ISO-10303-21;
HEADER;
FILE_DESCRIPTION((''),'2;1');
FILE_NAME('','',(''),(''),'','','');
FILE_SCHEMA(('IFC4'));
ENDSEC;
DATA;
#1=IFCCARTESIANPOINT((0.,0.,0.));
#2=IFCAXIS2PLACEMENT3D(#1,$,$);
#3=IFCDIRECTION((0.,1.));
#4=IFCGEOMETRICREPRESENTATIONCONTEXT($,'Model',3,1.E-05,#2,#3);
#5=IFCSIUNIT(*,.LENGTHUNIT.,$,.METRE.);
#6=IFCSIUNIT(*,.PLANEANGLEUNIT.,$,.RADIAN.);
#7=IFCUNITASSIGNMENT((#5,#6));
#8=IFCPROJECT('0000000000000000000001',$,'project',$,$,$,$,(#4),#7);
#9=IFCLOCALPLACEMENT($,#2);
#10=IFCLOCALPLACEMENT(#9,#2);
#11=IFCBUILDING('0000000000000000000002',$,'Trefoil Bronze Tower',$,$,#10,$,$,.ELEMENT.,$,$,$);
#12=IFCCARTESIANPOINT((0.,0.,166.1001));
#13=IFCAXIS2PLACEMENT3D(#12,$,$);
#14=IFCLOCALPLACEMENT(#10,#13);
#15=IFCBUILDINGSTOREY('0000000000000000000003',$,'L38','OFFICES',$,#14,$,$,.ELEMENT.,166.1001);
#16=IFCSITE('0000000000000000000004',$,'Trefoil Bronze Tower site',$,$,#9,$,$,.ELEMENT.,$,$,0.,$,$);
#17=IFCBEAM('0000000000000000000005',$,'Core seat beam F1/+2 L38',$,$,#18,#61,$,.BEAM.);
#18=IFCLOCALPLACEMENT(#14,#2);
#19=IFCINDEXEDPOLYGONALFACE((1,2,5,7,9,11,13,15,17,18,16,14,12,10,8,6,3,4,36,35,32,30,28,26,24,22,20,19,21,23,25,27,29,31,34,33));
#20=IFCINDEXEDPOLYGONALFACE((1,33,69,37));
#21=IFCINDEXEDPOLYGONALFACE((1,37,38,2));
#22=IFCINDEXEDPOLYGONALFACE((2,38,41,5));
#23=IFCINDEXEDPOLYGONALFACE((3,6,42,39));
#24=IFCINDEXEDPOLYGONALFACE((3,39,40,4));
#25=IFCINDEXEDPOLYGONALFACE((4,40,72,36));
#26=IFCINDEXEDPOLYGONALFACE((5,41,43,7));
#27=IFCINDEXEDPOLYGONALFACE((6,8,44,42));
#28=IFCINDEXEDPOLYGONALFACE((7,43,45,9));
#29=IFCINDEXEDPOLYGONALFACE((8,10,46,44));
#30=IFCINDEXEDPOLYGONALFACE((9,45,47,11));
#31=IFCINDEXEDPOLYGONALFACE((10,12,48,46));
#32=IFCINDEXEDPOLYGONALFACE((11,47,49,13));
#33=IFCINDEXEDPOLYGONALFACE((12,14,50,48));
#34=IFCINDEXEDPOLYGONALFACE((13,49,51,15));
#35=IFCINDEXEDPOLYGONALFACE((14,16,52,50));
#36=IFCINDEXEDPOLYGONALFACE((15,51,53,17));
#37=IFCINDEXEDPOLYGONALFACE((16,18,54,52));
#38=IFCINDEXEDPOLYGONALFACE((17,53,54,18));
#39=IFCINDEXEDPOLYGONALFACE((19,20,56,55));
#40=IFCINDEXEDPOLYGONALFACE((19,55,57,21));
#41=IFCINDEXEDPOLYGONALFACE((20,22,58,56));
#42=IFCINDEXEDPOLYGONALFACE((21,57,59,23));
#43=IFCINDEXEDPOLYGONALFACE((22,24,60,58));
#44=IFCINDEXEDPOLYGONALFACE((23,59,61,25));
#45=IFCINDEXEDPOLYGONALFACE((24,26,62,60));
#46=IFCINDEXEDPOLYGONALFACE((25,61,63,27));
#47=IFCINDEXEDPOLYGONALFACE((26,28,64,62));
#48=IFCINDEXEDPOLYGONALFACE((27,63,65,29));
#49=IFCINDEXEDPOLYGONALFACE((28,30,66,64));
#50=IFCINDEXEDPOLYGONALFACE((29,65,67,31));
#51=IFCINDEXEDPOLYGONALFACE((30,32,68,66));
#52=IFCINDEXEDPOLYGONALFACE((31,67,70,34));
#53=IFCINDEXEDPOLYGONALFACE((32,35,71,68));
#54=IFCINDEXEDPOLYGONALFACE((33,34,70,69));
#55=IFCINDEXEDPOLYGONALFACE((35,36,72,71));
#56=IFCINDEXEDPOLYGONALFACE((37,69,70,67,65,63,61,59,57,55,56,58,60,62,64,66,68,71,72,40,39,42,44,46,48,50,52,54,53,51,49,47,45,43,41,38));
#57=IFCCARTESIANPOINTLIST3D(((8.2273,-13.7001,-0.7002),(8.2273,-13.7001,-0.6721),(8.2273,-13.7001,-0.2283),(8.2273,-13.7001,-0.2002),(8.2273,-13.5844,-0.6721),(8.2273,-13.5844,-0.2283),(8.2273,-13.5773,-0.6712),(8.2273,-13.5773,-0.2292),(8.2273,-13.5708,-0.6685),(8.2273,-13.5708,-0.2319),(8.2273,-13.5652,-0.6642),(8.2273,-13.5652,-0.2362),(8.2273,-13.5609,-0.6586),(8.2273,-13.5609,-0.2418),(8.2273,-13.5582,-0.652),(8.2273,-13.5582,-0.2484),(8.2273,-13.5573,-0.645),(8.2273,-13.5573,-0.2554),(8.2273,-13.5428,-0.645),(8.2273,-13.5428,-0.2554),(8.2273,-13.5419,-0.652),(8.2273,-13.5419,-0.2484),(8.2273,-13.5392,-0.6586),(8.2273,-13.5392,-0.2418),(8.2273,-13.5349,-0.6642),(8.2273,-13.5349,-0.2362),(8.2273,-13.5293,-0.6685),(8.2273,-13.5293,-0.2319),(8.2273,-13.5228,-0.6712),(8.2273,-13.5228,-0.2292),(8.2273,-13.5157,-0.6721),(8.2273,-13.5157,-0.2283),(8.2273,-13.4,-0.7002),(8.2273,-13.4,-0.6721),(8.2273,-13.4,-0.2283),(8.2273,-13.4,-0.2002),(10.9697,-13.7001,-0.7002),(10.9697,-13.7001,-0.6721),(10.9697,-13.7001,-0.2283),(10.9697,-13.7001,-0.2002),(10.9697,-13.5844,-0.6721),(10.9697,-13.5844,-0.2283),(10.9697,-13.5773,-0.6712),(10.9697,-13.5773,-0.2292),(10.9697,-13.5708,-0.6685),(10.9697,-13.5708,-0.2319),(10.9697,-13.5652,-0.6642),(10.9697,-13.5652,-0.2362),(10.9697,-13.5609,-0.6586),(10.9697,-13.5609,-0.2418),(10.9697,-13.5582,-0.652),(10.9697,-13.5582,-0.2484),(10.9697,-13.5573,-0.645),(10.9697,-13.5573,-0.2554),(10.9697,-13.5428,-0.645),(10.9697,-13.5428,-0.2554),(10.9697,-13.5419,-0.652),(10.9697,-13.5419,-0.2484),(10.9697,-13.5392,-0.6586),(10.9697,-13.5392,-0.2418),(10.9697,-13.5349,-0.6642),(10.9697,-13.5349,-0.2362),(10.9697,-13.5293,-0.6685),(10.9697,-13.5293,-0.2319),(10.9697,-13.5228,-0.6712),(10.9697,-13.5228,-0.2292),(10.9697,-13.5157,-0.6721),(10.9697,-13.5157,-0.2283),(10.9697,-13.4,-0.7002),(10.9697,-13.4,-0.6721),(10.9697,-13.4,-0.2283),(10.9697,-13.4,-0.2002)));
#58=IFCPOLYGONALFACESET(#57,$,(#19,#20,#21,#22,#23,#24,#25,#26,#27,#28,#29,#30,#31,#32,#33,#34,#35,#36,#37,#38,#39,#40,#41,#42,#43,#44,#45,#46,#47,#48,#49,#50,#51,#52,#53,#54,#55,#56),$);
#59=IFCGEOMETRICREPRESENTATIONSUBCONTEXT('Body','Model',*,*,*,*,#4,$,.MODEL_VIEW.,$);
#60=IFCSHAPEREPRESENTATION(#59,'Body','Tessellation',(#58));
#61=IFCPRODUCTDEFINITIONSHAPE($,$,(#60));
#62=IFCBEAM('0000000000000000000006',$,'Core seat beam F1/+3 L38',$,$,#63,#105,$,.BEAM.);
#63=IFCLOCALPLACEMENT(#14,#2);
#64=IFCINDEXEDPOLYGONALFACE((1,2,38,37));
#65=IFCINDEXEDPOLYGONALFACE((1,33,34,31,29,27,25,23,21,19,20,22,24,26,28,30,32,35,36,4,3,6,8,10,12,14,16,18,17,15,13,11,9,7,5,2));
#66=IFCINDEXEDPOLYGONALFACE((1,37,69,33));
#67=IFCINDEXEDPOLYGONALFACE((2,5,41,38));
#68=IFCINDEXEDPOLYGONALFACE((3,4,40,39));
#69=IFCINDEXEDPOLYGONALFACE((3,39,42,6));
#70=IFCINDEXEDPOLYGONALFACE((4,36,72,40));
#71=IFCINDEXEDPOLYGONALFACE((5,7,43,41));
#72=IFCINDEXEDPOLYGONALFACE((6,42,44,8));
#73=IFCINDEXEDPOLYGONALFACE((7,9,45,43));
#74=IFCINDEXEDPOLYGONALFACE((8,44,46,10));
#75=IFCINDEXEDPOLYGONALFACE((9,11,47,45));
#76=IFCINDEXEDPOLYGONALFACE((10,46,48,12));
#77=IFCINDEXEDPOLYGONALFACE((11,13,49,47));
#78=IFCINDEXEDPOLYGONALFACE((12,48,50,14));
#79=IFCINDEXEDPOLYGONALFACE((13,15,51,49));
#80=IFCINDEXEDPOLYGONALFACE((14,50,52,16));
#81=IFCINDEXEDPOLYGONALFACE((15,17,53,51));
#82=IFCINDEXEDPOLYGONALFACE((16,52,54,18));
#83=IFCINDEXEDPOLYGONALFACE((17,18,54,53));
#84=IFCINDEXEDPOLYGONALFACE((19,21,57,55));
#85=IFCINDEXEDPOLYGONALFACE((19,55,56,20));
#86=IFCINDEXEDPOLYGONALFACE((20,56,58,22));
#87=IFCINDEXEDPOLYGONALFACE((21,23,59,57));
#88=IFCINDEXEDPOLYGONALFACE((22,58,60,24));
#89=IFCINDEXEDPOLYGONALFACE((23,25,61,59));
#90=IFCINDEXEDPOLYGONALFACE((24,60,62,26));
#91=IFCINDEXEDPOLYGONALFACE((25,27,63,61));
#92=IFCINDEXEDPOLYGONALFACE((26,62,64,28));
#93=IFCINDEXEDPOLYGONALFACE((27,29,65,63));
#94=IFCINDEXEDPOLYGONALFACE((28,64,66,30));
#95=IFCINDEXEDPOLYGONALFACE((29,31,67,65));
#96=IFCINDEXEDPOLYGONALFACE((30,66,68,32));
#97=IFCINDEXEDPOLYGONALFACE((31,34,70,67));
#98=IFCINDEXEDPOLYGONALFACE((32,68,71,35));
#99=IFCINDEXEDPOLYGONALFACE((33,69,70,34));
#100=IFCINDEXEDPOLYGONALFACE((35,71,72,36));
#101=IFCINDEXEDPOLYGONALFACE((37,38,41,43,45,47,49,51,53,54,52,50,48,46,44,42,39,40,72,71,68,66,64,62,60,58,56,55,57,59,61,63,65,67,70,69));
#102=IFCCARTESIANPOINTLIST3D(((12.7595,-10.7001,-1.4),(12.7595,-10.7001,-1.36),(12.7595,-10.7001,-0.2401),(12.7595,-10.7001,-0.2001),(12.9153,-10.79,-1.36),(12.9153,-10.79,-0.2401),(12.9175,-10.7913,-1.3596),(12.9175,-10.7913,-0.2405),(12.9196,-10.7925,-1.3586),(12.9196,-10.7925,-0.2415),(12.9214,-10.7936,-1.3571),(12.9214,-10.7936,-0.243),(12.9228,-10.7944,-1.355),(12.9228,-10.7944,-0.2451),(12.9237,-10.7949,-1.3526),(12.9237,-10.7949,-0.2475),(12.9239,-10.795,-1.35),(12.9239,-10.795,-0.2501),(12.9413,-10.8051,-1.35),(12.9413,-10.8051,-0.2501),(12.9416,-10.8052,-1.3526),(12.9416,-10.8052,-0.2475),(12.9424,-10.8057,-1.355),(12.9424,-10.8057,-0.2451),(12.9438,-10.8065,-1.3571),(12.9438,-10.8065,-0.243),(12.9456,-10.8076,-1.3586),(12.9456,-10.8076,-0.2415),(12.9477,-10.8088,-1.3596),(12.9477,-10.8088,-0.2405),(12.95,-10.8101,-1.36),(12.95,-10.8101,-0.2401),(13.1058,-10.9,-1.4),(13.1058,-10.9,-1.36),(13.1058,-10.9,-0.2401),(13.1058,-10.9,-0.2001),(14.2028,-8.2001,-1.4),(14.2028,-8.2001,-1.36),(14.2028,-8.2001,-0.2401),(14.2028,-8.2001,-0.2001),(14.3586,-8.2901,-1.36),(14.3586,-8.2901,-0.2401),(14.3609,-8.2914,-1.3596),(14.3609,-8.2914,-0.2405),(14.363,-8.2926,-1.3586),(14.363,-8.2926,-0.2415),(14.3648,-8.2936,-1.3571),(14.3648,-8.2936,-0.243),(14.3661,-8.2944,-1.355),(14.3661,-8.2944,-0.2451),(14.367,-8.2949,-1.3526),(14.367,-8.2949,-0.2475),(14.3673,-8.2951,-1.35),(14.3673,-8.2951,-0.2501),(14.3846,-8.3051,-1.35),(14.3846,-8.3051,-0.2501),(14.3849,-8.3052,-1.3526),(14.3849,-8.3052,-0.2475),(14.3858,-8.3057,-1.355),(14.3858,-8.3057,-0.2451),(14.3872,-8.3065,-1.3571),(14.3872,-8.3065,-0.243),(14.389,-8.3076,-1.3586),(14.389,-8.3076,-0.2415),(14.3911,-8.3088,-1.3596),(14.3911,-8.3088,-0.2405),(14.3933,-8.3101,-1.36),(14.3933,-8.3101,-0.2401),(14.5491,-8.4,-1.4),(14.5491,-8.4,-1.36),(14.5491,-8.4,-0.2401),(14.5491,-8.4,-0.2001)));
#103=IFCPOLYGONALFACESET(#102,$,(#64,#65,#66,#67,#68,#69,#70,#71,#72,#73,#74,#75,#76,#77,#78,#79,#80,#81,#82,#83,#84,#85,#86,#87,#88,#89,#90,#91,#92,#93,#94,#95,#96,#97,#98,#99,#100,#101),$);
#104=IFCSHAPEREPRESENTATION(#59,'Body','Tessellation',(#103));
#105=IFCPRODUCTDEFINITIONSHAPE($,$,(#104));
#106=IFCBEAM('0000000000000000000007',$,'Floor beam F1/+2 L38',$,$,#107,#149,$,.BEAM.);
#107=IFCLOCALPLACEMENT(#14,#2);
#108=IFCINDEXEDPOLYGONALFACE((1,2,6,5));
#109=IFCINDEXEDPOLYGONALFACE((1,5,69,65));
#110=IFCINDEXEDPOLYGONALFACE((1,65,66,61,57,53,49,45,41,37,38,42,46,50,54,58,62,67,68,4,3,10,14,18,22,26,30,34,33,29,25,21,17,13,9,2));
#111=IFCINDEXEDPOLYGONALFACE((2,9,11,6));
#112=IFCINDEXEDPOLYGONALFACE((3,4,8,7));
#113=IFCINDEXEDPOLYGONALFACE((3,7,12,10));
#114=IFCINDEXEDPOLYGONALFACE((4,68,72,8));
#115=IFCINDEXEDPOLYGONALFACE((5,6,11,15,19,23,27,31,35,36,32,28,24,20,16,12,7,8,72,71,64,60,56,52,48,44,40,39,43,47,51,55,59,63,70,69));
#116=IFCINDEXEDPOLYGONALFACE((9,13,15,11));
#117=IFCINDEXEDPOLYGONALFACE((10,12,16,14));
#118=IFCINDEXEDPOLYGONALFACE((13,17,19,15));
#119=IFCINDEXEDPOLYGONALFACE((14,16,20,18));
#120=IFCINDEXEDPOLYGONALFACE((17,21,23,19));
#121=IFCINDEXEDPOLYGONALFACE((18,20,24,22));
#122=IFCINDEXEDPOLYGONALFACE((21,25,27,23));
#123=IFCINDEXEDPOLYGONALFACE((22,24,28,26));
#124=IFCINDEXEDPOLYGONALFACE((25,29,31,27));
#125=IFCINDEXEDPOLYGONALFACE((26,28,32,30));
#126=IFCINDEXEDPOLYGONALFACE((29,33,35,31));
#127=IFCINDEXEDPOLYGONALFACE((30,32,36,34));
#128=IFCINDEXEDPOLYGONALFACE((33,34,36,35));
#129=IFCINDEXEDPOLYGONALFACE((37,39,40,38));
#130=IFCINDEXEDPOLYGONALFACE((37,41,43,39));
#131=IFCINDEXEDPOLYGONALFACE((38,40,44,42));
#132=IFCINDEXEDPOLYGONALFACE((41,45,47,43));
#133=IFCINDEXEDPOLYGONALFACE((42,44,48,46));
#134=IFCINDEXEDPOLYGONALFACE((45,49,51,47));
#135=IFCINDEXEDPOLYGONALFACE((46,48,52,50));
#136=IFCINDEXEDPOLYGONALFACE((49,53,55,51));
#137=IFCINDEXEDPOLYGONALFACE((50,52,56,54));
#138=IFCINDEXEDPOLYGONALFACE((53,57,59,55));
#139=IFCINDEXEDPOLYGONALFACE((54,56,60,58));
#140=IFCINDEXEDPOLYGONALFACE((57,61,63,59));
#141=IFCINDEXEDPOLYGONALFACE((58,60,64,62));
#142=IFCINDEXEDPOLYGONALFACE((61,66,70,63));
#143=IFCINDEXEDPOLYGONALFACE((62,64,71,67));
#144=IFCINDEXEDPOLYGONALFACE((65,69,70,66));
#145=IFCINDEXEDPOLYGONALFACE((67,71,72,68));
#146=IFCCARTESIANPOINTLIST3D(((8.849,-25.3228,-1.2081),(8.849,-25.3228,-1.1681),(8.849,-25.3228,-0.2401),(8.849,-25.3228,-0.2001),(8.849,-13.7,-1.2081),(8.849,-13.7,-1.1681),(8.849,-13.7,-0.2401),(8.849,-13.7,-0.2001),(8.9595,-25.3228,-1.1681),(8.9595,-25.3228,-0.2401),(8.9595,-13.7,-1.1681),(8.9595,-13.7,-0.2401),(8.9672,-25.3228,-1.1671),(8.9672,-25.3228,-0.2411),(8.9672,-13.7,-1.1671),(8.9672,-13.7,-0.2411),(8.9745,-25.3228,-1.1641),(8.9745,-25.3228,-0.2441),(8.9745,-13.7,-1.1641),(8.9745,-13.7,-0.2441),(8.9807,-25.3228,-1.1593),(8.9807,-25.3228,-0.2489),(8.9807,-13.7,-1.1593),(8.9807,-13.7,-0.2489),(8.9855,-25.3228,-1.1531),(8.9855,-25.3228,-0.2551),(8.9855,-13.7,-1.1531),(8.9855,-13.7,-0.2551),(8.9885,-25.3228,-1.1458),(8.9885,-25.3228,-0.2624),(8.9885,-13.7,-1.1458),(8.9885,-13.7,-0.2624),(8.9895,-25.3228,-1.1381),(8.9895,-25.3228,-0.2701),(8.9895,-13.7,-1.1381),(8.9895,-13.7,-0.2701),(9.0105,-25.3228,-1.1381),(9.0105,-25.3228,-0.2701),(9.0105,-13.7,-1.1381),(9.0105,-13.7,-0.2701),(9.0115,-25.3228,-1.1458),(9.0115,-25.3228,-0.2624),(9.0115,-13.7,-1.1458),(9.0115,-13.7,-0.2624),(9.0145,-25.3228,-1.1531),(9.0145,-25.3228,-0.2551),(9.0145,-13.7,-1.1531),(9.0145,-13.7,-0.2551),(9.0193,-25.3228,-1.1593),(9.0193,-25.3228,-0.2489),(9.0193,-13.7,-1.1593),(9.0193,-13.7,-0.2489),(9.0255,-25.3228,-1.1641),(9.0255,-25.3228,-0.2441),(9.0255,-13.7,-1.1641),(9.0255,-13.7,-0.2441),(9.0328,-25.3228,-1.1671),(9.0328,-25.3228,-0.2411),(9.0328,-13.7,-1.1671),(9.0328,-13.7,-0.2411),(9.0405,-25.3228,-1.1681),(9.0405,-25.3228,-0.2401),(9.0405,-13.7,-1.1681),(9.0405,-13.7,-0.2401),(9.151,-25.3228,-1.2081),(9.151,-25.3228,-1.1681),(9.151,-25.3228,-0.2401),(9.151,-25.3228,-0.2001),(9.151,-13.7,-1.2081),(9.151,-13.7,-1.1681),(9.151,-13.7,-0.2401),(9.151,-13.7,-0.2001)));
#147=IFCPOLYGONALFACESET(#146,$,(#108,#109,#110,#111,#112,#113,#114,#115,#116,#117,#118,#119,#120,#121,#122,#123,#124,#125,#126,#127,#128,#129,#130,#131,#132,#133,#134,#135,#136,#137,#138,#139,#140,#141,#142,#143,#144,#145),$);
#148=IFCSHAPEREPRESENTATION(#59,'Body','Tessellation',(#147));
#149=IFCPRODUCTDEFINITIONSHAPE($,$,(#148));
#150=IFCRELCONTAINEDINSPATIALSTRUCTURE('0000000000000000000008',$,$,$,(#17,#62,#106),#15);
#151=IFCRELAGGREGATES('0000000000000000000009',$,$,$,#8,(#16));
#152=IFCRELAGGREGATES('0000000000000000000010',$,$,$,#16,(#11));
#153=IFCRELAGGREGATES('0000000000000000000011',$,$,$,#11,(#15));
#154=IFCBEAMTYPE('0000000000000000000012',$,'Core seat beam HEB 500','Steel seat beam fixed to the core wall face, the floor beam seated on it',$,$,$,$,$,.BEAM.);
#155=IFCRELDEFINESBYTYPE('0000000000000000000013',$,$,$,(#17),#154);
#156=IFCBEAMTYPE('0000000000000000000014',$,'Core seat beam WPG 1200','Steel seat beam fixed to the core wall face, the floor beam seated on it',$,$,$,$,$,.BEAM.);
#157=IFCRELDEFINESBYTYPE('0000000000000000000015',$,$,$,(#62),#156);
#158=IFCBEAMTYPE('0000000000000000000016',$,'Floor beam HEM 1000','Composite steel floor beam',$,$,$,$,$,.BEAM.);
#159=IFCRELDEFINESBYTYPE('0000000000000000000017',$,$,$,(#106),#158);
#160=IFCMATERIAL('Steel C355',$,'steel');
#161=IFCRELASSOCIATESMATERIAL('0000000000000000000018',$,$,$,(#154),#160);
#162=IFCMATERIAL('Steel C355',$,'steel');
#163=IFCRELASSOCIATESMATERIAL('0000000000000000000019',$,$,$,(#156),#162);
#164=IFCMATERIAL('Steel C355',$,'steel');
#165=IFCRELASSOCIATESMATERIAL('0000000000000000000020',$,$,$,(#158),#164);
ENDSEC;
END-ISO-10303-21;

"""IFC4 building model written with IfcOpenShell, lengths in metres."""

from ifc_helpers import new_model, si_unit, direction, frame, origin, origin_2d, place, context, subcontext, project, spatial, i_section, extrude, material, material_profile, profile_set, type_object, element, save


model = new_model("IFC4")

# Units and contexts
model_context = context("Model", 3, precision=1e-05, world=origin(), true_north=direction((0.0, 1.0)))
body_context = subcontext(model_context, "Body", "Model", "MODEL_VIEW")
ifc_project = project(units=[si_unit("LENGTHUNIT", "METRE"), si_unit("PLANEANGLEUNIT", "RADIAN")], contexts=[model_context])

# Site, building, storey
site_placement = place(None, origin())
site = spatial("IfcSite", under=ifc_project, at=site_placement, Name="Trefoil Bronze Tower site", CompositionType="ELEMENT", RefElevation=0.0)
building_placement = place(site_placement, origin())
building = spatial("IfcBuilding", under=site, at=building_placement, Name="Trefoil Bronze Tower", CompositionType="ELEMENT")
storey_placement = place(building_placement, frame((0.0, 0.0, 166.1001)))
storey = spatial("IfcBuildingStorey", under=building, at=storey_placement, Name="L38", Description="OFFICES", CompositionType="ELEMENT", Elevation=166.1001)

# Beams
ifc_material_1 = material(Name="Steel C355", Category="steel")
ifc_material_profile_1 = material_profile(ifc_material_1, i_section(OverallWidth=0.3, OverallDepth=0.5, WebThickness=0.0144, FlangeThickness=0.0281, FilletRadius=0.0271, at=origin_2d()), Name="HEB 500")
ifc_profile_set_1 = profile_set([ifc_material_profile_1], Name="Steel C355")
beam_type_1 = type_object("IfcBeamType", Name="Core seat beam HEB 500", Description="Steel seat beam fixed to the core wall face, the floor beam seated on it", PredefinedType="BEAM", material=ifc_profile_set_1)
for number, where, z_axis, x_axis, name in (
    (1, (8.2273, -13.55, -0.4502), (1.0, 0.0, 0.0), (0.0, 1.0, 0.0), "Core seat beam F1/+2 L38"),
):
    element("IfcBeam", number, at=place(storey_placement, frame(where, z_axis=z_axis, x_axis=x_axis)), inside=storey, type_object=beam_type_1, Name=name, PredefinedType="BEAM", context=body_context, shape_type="SweptSolid", body=[
        extrude(i_section(OverallWidth=0.3, OverallDepth=0.5, WebThickness=0.0144, FlangeThickness=0.0281, FilletRadius=0.0271, at=origin_2d()), origin(), (0.0, 0.0, 1.0), 2.7424),
    ])
ifc_material_2 = material(Name="Steel C355", Category="steel")
ifc_material_profile_2 = material_profile(ifc_material_2, i_section(OverallWidth=0.3999, OverallDepth=1.2, WebThickness=0.02, FlangeThickness=0.04, FilletRadius=0.01, at=origin_2d()), Name="WPG 1200")
ifc_profile_set_2 = profile_set([ifc_material_profile_2], Name="Steel C355")
beam_type_2 = type_object("IfcBeamType", Name="Core seat beam WPG 1200", Description="Steel seat beam fixed to the core wall face, the floor beam seated on it", PredefinedType="BEAM", material=ifc_profile_set_2)
beam_1_placement = place(storey_placement, frame((12.9326, -10.8, -0.8), z_axis=(0.499996, 0.866028, 0.0), x_axis=(-0.866028, 0.499996, 0.0)))
element("IfcBeam", 2, at=beam_1_placement, inside=storey, type_object=beam_type_2, Name="Core seat beam F1/+3 L38", PredefinedType="BEAM", context=body_context, shape_type="SweptSolid", body=[
    extrude(i_section(OverallWidth=0.3999, OverallDepth=1.2, WebThickness=0.02, FlangeThickness=0.04, FilletRadius=0.01, at=origin_2d()), origin(), (0.0, 0.0, 1.0), 2.8867),
])
ifc_material_3 = material(Name="Steel C355", Category="steel")
ifc_material_profile_3 = material_profile(ifc_material_3, i_section(OverallWidth=0.302, OverallDepth=1.0081, WebThickness=0.021, FlangeThickness=0.04, FilletRadius=0.03, at=origin_2d()), Name="HEM 1000")
ifc_profile_set_3 = profile_set([ifc_material_profile_3], Name="Steel C355")
beam_type_3 = type_object("IfcBeamType", Name="Floor beam HEM 1000", Description="Composite steel floor beam", PredefinedType="BEAM", material=ifc_profile_set_3)
beam_2_placement = place(storey_placement, frame((9.0, -25.3228, -0.7041), z_axis=(0.0, 1.0, 0.0), x_axis=(-1.0, 0.0, 0.0)))
element("IfcBeam", 3, at=beam_2_placement, inside=storey, type_object=beam_type_3, Name="Floor beam F1/+2 L38", PredefinedType="BEAM", context=body_context, shape_type="SweptSolid", body=[
    extrude(i_section(OverallWidth=0.302, OverallDepth=1.0081, WebThickness=0.021, FlangeThickness=0.04, FilletRadius=0.03, at=origin_2d()), origin(), (0.0, 0.0, 1.0), 11.6228),
])

save(model, "model.ifc")
